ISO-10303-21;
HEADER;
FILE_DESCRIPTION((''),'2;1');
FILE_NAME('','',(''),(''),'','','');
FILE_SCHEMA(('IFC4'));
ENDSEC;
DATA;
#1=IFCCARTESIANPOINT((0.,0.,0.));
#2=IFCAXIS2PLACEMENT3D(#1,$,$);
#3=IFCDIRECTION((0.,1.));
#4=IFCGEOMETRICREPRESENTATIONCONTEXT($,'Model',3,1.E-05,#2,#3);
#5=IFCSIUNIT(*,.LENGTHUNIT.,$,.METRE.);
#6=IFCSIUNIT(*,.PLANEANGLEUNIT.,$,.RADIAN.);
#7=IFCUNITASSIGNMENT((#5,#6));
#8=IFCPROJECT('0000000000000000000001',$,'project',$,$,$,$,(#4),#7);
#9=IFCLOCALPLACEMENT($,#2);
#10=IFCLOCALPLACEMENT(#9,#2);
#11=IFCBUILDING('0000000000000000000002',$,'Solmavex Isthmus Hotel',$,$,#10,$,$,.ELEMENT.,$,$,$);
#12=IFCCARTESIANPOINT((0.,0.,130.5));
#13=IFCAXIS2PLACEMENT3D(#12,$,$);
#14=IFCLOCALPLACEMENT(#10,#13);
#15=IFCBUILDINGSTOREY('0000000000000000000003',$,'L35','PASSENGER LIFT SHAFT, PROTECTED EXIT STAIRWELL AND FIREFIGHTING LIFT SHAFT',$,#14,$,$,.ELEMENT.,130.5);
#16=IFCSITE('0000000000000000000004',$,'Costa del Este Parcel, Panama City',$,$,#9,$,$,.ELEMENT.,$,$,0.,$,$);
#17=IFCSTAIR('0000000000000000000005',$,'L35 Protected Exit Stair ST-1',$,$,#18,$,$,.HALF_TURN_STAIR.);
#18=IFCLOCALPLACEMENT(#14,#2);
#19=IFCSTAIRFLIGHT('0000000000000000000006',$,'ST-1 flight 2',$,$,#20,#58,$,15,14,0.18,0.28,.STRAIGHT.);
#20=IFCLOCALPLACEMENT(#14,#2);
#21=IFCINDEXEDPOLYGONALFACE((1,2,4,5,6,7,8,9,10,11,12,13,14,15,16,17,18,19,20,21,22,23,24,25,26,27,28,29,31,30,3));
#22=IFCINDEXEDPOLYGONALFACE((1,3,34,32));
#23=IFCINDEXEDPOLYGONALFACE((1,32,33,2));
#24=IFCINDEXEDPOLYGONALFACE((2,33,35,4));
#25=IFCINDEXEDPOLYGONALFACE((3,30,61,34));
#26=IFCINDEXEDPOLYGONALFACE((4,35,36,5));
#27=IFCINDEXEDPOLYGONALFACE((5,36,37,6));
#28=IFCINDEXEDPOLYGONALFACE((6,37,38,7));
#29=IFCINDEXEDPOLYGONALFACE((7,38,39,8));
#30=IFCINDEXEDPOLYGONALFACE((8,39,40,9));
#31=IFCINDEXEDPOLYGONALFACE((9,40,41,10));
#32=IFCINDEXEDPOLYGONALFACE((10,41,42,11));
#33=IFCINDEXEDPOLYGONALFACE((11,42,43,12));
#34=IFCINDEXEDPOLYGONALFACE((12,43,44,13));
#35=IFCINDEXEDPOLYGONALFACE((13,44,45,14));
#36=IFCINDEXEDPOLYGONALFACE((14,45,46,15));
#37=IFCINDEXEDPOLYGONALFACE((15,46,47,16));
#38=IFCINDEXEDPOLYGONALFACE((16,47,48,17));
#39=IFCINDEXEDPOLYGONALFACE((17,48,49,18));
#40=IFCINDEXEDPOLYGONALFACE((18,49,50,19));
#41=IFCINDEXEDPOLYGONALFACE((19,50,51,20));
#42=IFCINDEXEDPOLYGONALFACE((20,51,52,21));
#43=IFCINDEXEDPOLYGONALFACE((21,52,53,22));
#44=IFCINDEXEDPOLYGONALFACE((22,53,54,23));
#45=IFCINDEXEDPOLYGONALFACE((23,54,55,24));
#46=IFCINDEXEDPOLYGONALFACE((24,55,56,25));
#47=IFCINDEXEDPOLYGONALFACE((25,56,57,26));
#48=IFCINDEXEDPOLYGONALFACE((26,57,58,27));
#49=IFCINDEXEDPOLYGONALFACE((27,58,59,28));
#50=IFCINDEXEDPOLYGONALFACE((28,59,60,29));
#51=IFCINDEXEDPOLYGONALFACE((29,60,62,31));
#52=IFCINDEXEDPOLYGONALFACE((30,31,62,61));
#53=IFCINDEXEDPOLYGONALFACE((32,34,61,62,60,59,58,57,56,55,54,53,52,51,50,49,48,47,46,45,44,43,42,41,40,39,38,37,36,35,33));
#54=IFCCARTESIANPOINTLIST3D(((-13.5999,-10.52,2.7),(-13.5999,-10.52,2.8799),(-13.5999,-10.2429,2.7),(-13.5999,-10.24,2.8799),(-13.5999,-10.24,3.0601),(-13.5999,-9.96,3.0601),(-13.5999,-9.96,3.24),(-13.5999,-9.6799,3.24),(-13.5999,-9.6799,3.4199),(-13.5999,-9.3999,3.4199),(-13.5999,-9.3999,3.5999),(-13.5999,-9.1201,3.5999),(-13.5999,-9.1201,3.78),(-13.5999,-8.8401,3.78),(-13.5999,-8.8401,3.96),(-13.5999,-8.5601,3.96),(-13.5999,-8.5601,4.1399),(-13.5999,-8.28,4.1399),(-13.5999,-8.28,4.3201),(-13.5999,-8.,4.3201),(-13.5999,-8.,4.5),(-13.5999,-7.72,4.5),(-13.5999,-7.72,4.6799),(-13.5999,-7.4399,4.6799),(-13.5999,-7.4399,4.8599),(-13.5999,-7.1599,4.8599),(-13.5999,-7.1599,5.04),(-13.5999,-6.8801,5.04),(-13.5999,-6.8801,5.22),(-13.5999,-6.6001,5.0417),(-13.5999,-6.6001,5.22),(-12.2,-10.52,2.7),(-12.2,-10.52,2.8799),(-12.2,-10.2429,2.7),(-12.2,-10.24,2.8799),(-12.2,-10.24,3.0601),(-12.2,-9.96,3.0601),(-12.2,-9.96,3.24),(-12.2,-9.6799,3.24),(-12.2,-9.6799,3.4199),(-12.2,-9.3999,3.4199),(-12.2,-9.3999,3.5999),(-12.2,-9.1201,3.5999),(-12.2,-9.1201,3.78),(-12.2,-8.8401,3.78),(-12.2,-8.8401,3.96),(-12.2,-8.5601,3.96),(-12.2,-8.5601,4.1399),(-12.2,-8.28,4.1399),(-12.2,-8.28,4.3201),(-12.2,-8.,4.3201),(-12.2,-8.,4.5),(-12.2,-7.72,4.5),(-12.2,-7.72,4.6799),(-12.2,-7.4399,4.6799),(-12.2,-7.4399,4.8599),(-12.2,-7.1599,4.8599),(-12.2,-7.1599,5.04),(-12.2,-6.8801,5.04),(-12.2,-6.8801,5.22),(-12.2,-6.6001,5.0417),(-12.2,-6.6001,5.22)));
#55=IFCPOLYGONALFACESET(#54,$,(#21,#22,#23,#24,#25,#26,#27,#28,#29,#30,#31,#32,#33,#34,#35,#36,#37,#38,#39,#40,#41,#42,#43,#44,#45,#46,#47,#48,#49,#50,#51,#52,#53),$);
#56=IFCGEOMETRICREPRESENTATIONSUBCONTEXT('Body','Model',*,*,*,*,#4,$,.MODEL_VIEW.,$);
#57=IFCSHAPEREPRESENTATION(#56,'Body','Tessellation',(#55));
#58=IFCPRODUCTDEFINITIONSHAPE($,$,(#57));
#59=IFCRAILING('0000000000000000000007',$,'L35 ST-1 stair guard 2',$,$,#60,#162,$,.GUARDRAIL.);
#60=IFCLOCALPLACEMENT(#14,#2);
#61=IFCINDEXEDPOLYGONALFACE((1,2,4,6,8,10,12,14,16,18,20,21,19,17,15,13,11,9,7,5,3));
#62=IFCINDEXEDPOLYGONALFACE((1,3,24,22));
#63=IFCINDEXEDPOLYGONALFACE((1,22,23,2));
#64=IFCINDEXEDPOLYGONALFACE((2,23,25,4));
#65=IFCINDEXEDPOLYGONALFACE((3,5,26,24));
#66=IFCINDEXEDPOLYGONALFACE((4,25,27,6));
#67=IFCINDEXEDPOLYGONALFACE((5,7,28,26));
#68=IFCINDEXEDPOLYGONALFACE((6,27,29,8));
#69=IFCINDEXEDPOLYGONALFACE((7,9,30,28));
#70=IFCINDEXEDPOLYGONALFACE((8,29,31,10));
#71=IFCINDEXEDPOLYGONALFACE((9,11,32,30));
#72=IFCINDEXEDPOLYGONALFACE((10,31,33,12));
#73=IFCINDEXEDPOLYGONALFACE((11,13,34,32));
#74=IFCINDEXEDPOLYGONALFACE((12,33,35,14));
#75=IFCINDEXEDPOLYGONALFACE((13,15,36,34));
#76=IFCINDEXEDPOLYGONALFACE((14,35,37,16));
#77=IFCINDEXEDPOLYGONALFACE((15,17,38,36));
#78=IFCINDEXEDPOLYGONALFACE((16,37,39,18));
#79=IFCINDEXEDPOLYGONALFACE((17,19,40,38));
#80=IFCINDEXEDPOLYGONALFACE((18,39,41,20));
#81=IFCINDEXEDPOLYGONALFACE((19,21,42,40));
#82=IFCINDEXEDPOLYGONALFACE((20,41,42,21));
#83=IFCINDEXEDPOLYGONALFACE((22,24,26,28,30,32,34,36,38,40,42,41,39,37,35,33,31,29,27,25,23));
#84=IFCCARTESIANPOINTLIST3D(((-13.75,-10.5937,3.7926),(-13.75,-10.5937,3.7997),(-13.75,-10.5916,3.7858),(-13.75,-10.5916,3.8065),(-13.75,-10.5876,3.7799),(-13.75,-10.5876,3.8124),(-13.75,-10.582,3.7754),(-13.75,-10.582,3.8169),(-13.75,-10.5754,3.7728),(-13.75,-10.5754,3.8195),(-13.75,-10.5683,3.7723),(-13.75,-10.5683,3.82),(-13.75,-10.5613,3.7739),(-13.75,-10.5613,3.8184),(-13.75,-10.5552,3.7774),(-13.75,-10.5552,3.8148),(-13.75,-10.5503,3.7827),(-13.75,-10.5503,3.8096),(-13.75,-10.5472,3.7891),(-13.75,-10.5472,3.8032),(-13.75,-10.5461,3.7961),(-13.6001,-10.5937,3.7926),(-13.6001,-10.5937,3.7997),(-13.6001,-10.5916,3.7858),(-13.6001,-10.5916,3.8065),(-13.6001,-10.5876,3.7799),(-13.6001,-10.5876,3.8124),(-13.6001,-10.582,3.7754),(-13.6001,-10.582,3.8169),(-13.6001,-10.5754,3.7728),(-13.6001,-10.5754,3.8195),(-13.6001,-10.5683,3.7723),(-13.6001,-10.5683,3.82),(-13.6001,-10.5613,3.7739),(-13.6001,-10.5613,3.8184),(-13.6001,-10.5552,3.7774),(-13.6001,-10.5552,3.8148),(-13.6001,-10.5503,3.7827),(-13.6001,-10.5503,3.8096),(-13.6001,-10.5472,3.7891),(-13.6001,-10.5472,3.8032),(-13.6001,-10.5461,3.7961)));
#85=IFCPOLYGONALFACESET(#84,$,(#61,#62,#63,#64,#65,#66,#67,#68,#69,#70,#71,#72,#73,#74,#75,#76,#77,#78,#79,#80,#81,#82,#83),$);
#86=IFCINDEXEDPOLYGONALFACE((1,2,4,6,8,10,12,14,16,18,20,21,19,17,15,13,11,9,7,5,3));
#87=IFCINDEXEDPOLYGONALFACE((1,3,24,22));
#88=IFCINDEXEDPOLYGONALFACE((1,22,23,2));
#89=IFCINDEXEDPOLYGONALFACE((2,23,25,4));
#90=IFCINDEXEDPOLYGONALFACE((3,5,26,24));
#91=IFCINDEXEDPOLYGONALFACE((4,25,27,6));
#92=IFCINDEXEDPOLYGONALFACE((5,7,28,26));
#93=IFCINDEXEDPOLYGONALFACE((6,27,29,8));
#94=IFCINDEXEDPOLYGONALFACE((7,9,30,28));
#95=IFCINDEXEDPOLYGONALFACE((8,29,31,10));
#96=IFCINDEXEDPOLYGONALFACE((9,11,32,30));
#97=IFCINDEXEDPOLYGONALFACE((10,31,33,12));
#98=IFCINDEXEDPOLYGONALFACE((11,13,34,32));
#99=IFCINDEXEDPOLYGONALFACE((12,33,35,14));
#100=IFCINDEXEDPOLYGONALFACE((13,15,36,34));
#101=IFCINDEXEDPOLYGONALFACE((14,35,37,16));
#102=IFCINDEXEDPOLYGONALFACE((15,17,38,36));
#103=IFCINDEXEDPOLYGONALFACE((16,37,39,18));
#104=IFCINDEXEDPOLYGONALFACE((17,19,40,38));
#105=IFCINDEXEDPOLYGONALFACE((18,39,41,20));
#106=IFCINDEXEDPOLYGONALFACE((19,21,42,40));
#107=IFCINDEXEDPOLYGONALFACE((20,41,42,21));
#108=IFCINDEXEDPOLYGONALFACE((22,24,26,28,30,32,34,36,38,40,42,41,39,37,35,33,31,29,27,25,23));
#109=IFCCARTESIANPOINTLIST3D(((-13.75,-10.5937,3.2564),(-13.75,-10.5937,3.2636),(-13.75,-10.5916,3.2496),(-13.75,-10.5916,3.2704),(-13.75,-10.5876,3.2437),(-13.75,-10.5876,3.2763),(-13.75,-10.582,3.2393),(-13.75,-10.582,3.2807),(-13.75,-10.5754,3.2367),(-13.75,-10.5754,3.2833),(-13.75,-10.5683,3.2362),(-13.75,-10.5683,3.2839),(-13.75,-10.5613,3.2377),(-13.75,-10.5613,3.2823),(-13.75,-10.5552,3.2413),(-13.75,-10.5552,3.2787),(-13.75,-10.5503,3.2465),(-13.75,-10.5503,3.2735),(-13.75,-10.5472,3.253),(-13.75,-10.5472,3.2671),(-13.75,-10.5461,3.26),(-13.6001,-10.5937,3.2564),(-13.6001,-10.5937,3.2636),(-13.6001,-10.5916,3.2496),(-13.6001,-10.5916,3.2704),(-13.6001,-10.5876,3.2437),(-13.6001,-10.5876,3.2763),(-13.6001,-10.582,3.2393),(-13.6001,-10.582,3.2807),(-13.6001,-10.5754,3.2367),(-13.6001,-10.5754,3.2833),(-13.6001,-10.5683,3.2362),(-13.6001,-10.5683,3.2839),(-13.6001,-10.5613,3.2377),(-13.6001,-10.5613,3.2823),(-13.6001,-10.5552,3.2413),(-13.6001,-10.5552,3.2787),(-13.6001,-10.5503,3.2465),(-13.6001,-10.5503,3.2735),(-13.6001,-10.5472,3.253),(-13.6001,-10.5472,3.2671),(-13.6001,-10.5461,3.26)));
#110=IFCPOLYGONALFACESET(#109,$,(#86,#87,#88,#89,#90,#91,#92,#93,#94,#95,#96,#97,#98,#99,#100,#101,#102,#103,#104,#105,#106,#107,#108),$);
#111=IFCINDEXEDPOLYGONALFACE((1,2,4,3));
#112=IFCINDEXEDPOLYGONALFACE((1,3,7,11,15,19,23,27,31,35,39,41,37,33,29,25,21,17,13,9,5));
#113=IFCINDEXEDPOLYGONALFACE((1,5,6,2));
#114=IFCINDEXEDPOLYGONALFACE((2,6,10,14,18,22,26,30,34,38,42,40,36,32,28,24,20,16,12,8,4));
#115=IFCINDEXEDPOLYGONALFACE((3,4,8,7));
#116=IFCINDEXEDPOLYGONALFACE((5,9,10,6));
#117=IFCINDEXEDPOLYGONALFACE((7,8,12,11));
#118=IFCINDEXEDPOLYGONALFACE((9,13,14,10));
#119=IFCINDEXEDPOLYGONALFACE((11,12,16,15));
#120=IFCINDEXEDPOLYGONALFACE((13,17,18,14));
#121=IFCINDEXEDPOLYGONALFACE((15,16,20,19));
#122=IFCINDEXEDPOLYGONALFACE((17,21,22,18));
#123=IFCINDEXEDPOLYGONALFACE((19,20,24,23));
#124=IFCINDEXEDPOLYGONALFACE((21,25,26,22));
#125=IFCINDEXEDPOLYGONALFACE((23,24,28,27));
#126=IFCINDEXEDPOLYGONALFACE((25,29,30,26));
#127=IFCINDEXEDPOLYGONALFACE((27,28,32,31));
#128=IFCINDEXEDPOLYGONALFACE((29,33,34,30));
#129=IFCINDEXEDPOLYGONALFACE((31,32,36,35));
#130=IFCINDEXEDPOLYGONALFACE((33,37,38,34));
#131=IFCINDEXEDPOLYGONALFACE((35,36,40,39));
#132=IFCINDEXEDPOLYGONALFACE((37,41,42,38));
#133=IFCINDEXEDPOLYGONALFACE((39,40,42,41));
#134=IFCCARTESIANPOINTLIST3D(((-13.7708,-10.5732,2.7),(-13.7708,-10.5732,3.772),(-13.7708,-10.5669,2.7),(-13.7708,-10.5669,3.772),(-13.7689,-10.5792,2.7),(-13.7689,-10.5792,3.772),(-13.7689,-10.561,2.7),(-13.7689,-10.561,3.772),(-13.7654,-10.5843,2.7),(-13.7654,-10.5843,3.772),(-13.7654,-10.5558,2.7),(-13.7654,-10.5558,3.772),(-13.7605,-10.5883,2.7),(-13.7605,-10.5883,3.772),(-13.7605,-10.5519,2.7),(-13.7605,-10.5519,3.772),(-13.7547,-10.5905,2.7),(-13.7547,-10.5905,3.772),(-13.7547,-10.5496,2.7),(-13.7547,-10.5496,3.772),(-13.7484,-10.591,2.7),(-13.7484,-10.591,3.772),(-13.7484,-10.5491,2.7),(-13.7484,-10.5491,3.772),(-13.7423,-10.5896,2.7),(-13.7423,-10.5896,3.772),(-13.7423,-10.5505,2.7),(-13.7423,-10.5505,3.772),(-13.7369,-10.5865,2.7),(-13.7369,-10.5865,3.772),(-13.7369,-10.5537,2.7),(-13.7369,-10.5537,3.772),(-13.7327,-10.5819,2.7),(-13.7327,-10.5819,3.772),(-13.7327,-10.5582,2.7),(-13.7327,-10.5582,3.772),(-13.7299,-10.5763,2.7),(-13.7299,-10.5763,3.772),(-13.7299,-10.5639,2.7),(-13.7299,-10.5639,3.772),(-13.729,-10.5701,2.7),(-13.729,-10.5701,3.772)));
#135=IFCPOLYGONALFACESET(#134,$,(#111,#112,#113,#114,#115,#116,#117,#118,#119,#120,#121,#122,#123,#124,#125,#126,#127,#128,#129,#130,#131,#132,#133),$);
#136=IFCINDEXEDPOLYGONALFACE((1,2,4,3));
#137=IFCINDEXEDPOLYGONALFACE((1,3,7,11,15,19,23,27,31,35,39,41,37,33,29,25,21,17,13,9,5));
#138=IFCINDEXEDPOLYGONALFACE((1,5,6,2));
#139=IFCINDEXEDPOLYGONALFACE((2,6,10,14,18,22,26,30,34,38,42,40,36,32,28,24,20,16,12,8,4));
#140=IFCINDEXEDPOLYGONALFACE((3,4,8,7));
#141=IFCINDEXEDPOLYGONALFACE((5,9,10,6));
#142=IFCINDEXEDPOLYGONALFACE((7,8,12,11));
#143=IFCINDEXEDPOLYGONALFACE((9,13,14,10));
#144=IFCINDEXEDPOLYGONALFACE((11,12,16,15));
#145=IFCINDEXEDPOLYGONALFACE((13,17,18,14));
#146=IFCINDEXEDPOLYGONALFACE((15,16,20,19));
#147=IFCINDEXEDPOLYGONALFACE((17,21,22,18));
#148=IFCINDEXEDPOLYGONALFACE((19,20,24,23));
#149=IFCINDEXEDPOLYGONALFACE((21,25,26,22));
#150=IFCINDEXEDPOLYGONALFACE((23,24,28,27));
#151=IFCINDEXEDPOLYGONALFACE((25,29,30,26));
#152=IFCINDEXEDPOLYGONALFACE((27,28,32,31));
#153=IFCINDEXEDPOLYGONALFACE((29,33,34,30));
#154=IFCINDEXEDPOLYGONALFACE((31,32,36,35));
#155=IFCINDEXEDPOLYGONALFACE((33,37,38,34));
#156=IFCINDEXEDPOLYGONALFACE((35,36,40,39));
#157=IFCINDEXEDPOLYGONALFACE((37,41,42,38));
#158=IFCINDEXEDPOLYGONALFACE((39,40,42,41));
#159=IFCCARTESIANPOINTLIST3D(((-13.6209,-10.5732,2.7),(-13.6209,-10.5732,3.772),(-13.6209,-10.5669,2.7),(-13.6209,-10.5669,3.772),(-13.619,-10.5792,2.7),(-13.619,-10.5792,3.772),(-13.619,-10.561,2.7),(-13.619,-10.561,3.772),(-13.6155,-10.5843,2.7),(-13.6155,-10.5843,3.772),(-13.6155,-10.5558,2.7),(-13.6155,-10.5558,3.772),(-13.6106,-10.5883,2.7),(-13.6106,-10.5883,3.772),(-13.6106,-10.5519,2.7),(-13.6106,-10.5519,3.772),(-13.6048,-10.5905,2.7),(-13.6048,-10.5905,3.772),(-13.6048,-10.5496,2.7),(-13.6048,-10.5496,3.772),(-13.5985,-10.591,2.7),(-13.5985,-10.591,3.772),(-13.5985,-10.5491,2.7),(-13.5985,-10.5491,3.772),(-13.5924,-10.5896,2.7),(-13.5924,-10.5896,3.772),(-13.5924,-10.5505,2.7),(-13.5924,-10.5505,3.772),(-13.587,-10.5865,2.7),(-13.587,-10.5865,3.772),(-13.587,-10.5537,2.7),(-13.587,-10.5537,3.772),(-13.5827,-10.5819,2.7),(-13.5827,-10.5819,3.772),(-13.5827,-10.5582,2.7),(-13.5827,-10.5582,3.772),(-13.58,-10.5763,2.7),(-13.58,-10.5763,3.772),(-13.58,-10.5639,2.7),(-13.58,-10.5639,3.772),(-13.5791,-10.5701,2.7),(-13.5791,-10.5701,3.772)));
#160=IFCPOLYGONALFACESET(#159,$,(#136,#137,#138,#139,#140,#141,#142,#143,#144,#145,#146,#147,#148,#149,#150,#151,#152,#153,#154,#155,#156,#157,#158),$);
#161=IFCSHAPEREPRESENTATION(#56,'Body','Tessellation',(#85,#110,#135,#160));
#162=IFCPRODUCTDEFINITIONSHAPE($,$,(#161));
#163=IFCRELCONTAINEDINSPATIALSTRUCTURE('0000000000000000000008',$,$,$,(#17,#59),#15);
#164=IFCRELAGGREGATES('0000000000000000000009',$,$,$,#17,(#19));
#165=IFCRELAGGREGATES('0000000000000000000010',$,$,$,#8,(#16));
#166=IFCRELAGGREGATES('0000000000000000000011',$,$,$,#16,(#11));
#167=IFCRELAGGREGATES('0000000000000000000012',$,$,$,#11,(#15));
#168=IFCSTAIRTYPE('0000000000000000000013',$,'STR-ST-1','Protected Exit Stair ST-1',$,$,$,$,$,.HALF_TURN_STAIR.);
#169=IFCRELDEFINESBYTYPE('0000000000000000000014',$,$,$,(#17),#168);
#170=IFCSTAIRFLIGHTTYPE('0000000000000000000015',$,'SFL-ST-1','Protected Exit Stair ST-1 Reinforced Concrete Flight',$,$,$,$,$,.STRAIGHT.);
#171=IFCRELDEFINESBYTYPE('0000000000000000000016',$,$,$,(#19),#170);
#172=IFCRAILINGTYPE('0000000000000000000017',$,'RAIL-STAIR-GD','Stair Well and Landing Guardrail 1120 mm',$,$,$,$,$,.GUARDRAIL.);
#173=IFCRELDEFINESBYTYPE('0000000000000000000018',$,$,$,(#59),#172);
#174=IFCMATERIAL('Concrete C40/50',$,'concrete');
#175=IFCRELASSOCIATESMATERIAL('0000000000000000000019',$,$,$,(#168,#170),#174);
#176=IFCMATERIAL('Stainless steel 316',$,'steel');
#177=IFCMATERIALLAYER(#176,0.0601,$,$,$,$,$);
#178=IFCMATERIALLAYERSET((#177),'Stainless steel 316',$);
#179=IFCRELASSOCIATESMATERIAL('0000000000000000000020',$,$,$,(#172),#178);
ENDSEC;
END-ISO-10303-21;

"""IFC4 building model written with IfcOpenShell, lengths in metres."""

from ifc_helpers import new_model, si_unit, direction, frame, origin, origin_2d, place, context, subcontext, project, spatial, polyline, circle, outline, extrude, material, layer, layer_set, type_object, element, aggregate, save


model = new_model("IFC4")

# Units and contexts
model_context = context("Model", 3, precision=1e-05, world=origin(), true_north=direction((0.0, 1.0)))
body_context = subcontext(model_context, "Body", "Model", "MODEL_VIEW")
ifc_project = project(units=[si_unit("LENGTHUNIT", "METRE"), si_unit("PLANEANGLEUNIT", "RADIAN")], contexts=[model_context])

# Site, building, storey
site_placement = place(None, origin())
site = spatial("IfcSite", under=ifc_project, at=site_placement, Name="Costa del Este Parcel, Panama City", CompositionType="ELEMENT", RefElevation=0.0)
building_placement = place(site_placement, origin())
building = spatial("IfcBuilding", under=site, at=building_placement, Name="Solmavex Isthmus Hotel", CompositionType="ELEMENT")
storey_placement = place(building_placement, frame((0.0, 0.0, 130.5)))
storey = spatial("IfcBuildingStorey", under=building, at=storey_placement, Name="L35", Description="PASSENGER LIFT SHAFT, PROTECTED EXIT STAIRWELL AND FIREFIGHTING LIFT SHAFT", CompositionType="ELEMENT", Elevation=130.5)

# Shared definitions
ifc_material_1 = material(Name="Concrete C40/50", Category="concrete")

# Stair, stair flight
stair_type = type_object("IfcStairType", Name="STR-ST-1", Description="Protected Exit Stair ST-1", PredefinedType="HALF_TURN_STAIR", material=ifc_material_1)
stair_placement = place(storey_placement, origin())
stair = element("IfcStair", 1, at=stair_placement, inside=storey, type_object=stair_type, Name="L35 Protected Exit Stair ST-1", PredefinedType="HALF_TURN_STAIR")
stair_flight_type = type_object("IfcStairFlightType", Name="SFL-ST-1", Description="Protected Exit Stair ST-1 Reinforced Concrete Flight", PredefinedType="STRAIGHT", material=ifc_material_1)
stair_flight_placement = place(storey_placement, frame((-12.8999, -10.52, 2.7), z_axis=(0.0, 0.0, 1.0), x_axis=(0.0, 1.0, 0.0)))
stair_flight = element("IfcStairFlight", 2, at=stair_flight_placement, type_object=stair_flight_type, Name="ST-1 flight 2", NumberOfRisers=15, NumberOfTreads=14, PredefinedType="STRAIGHT", RiserHeight=0.18, TreadLength=0.28, context=body_context, shape_type="SweptSolid", body=[
    extrude(outline(polyline([(0.0, 0.0), (0.0, 0.1799), (0.28, 0.1799), (0.28, 0.3601), (0.5601, 0.3601), (0.5601, 0.54), (0.8401, 0.54), (0.8401, 0.72), (1.1201, 0.72), (1.1201, 0.8999), (1.3999, 0.8999), (1.3999, 1.0801), (1.6799, 1.0801), (1.6799, 1.26), (1.96, 1.26), (1.96, 1.4399), (2.24, 1.4399), (2.24, 1.6201), (2.52, 1.6201), (2.52, 1.8), (2.8, 1.8), (2.8, 1.98), (3.0801, 1.98), (3.0801, 2.1599), (3.3601, 2.1599), (3.3601, 2.3401), (3.6399, 2.3401), (3.6399, 2.52), (3.9199, 2.52), (3.9199, 2.7), (3.9199, 2.3418), (0.2771, 0.0), (0.0, 0.0)])), frame((0.0, 0.7, 0.0), z_axis=(0.0, -1.0, 0.0), x_axis=(1.0, 0.0, 0.0)), (0.0, 0.0, 1.0), 1.3999),
])
aggregate(stair, [stair_flight])

# Railing
ifc_material_2 = material(Name="Stainless steel 316", Category="steel")
ifc_layer_1 = layer(ifc_material_2, 0.0601)
ifc_layer_set_1 = layer_set([ifc_layer_1], Name="Stainless steel 316")
railing_type = type_object("IfcRailingType", Name="RAIL-STAIR-GD", Description="Stair Well and Landing Guardrail 1120 mm", PredefinedType="GUARDRAIL", material=ifc_layer_set_1)
railing_1_placement = place(storey_placement, frame((-13.75, -10.5701, 2.7)))
element("IfcRailing", 3, at=railing_1_placement, inside=storey, type_object=railing_type, Name="L35 ST-1 stair guard 2", PredefinedType="GUARDRAIL", context=body_context, shape_type="SweptSolid", body=[
    extrude(circle(Radius=0.0239, at=origin_2d()), frame((0.0, 0.0, 1.0962), z_axis=(1.0, 0.0, 0.0), x_axis=(0.0, 1.0, 0.0)), (0.0, 0.0, 1.0), 0.1499),
    extrude(circle(Radius=0.0239, at=origin_2d()), frame((0.0, 0.0, 0.5601), z_axis=(1.0, 0.0, 0.0), x_axis=(0.0, 1.0, 0.0)), (0.0, 0.0, 1.0), 0.1499),
    extrude(circle(Radius=0.021, at=origin_2d()), origin(), (0.0, 0.0, 1.0), 1.072),
    extrude(circle(Radius=0.021, at=origin_2d()), frame((0.1499, 0.0, 0.0)), (0.0, 0.0, 1.0), 1.072),
])

save(model, "model.ifc")
